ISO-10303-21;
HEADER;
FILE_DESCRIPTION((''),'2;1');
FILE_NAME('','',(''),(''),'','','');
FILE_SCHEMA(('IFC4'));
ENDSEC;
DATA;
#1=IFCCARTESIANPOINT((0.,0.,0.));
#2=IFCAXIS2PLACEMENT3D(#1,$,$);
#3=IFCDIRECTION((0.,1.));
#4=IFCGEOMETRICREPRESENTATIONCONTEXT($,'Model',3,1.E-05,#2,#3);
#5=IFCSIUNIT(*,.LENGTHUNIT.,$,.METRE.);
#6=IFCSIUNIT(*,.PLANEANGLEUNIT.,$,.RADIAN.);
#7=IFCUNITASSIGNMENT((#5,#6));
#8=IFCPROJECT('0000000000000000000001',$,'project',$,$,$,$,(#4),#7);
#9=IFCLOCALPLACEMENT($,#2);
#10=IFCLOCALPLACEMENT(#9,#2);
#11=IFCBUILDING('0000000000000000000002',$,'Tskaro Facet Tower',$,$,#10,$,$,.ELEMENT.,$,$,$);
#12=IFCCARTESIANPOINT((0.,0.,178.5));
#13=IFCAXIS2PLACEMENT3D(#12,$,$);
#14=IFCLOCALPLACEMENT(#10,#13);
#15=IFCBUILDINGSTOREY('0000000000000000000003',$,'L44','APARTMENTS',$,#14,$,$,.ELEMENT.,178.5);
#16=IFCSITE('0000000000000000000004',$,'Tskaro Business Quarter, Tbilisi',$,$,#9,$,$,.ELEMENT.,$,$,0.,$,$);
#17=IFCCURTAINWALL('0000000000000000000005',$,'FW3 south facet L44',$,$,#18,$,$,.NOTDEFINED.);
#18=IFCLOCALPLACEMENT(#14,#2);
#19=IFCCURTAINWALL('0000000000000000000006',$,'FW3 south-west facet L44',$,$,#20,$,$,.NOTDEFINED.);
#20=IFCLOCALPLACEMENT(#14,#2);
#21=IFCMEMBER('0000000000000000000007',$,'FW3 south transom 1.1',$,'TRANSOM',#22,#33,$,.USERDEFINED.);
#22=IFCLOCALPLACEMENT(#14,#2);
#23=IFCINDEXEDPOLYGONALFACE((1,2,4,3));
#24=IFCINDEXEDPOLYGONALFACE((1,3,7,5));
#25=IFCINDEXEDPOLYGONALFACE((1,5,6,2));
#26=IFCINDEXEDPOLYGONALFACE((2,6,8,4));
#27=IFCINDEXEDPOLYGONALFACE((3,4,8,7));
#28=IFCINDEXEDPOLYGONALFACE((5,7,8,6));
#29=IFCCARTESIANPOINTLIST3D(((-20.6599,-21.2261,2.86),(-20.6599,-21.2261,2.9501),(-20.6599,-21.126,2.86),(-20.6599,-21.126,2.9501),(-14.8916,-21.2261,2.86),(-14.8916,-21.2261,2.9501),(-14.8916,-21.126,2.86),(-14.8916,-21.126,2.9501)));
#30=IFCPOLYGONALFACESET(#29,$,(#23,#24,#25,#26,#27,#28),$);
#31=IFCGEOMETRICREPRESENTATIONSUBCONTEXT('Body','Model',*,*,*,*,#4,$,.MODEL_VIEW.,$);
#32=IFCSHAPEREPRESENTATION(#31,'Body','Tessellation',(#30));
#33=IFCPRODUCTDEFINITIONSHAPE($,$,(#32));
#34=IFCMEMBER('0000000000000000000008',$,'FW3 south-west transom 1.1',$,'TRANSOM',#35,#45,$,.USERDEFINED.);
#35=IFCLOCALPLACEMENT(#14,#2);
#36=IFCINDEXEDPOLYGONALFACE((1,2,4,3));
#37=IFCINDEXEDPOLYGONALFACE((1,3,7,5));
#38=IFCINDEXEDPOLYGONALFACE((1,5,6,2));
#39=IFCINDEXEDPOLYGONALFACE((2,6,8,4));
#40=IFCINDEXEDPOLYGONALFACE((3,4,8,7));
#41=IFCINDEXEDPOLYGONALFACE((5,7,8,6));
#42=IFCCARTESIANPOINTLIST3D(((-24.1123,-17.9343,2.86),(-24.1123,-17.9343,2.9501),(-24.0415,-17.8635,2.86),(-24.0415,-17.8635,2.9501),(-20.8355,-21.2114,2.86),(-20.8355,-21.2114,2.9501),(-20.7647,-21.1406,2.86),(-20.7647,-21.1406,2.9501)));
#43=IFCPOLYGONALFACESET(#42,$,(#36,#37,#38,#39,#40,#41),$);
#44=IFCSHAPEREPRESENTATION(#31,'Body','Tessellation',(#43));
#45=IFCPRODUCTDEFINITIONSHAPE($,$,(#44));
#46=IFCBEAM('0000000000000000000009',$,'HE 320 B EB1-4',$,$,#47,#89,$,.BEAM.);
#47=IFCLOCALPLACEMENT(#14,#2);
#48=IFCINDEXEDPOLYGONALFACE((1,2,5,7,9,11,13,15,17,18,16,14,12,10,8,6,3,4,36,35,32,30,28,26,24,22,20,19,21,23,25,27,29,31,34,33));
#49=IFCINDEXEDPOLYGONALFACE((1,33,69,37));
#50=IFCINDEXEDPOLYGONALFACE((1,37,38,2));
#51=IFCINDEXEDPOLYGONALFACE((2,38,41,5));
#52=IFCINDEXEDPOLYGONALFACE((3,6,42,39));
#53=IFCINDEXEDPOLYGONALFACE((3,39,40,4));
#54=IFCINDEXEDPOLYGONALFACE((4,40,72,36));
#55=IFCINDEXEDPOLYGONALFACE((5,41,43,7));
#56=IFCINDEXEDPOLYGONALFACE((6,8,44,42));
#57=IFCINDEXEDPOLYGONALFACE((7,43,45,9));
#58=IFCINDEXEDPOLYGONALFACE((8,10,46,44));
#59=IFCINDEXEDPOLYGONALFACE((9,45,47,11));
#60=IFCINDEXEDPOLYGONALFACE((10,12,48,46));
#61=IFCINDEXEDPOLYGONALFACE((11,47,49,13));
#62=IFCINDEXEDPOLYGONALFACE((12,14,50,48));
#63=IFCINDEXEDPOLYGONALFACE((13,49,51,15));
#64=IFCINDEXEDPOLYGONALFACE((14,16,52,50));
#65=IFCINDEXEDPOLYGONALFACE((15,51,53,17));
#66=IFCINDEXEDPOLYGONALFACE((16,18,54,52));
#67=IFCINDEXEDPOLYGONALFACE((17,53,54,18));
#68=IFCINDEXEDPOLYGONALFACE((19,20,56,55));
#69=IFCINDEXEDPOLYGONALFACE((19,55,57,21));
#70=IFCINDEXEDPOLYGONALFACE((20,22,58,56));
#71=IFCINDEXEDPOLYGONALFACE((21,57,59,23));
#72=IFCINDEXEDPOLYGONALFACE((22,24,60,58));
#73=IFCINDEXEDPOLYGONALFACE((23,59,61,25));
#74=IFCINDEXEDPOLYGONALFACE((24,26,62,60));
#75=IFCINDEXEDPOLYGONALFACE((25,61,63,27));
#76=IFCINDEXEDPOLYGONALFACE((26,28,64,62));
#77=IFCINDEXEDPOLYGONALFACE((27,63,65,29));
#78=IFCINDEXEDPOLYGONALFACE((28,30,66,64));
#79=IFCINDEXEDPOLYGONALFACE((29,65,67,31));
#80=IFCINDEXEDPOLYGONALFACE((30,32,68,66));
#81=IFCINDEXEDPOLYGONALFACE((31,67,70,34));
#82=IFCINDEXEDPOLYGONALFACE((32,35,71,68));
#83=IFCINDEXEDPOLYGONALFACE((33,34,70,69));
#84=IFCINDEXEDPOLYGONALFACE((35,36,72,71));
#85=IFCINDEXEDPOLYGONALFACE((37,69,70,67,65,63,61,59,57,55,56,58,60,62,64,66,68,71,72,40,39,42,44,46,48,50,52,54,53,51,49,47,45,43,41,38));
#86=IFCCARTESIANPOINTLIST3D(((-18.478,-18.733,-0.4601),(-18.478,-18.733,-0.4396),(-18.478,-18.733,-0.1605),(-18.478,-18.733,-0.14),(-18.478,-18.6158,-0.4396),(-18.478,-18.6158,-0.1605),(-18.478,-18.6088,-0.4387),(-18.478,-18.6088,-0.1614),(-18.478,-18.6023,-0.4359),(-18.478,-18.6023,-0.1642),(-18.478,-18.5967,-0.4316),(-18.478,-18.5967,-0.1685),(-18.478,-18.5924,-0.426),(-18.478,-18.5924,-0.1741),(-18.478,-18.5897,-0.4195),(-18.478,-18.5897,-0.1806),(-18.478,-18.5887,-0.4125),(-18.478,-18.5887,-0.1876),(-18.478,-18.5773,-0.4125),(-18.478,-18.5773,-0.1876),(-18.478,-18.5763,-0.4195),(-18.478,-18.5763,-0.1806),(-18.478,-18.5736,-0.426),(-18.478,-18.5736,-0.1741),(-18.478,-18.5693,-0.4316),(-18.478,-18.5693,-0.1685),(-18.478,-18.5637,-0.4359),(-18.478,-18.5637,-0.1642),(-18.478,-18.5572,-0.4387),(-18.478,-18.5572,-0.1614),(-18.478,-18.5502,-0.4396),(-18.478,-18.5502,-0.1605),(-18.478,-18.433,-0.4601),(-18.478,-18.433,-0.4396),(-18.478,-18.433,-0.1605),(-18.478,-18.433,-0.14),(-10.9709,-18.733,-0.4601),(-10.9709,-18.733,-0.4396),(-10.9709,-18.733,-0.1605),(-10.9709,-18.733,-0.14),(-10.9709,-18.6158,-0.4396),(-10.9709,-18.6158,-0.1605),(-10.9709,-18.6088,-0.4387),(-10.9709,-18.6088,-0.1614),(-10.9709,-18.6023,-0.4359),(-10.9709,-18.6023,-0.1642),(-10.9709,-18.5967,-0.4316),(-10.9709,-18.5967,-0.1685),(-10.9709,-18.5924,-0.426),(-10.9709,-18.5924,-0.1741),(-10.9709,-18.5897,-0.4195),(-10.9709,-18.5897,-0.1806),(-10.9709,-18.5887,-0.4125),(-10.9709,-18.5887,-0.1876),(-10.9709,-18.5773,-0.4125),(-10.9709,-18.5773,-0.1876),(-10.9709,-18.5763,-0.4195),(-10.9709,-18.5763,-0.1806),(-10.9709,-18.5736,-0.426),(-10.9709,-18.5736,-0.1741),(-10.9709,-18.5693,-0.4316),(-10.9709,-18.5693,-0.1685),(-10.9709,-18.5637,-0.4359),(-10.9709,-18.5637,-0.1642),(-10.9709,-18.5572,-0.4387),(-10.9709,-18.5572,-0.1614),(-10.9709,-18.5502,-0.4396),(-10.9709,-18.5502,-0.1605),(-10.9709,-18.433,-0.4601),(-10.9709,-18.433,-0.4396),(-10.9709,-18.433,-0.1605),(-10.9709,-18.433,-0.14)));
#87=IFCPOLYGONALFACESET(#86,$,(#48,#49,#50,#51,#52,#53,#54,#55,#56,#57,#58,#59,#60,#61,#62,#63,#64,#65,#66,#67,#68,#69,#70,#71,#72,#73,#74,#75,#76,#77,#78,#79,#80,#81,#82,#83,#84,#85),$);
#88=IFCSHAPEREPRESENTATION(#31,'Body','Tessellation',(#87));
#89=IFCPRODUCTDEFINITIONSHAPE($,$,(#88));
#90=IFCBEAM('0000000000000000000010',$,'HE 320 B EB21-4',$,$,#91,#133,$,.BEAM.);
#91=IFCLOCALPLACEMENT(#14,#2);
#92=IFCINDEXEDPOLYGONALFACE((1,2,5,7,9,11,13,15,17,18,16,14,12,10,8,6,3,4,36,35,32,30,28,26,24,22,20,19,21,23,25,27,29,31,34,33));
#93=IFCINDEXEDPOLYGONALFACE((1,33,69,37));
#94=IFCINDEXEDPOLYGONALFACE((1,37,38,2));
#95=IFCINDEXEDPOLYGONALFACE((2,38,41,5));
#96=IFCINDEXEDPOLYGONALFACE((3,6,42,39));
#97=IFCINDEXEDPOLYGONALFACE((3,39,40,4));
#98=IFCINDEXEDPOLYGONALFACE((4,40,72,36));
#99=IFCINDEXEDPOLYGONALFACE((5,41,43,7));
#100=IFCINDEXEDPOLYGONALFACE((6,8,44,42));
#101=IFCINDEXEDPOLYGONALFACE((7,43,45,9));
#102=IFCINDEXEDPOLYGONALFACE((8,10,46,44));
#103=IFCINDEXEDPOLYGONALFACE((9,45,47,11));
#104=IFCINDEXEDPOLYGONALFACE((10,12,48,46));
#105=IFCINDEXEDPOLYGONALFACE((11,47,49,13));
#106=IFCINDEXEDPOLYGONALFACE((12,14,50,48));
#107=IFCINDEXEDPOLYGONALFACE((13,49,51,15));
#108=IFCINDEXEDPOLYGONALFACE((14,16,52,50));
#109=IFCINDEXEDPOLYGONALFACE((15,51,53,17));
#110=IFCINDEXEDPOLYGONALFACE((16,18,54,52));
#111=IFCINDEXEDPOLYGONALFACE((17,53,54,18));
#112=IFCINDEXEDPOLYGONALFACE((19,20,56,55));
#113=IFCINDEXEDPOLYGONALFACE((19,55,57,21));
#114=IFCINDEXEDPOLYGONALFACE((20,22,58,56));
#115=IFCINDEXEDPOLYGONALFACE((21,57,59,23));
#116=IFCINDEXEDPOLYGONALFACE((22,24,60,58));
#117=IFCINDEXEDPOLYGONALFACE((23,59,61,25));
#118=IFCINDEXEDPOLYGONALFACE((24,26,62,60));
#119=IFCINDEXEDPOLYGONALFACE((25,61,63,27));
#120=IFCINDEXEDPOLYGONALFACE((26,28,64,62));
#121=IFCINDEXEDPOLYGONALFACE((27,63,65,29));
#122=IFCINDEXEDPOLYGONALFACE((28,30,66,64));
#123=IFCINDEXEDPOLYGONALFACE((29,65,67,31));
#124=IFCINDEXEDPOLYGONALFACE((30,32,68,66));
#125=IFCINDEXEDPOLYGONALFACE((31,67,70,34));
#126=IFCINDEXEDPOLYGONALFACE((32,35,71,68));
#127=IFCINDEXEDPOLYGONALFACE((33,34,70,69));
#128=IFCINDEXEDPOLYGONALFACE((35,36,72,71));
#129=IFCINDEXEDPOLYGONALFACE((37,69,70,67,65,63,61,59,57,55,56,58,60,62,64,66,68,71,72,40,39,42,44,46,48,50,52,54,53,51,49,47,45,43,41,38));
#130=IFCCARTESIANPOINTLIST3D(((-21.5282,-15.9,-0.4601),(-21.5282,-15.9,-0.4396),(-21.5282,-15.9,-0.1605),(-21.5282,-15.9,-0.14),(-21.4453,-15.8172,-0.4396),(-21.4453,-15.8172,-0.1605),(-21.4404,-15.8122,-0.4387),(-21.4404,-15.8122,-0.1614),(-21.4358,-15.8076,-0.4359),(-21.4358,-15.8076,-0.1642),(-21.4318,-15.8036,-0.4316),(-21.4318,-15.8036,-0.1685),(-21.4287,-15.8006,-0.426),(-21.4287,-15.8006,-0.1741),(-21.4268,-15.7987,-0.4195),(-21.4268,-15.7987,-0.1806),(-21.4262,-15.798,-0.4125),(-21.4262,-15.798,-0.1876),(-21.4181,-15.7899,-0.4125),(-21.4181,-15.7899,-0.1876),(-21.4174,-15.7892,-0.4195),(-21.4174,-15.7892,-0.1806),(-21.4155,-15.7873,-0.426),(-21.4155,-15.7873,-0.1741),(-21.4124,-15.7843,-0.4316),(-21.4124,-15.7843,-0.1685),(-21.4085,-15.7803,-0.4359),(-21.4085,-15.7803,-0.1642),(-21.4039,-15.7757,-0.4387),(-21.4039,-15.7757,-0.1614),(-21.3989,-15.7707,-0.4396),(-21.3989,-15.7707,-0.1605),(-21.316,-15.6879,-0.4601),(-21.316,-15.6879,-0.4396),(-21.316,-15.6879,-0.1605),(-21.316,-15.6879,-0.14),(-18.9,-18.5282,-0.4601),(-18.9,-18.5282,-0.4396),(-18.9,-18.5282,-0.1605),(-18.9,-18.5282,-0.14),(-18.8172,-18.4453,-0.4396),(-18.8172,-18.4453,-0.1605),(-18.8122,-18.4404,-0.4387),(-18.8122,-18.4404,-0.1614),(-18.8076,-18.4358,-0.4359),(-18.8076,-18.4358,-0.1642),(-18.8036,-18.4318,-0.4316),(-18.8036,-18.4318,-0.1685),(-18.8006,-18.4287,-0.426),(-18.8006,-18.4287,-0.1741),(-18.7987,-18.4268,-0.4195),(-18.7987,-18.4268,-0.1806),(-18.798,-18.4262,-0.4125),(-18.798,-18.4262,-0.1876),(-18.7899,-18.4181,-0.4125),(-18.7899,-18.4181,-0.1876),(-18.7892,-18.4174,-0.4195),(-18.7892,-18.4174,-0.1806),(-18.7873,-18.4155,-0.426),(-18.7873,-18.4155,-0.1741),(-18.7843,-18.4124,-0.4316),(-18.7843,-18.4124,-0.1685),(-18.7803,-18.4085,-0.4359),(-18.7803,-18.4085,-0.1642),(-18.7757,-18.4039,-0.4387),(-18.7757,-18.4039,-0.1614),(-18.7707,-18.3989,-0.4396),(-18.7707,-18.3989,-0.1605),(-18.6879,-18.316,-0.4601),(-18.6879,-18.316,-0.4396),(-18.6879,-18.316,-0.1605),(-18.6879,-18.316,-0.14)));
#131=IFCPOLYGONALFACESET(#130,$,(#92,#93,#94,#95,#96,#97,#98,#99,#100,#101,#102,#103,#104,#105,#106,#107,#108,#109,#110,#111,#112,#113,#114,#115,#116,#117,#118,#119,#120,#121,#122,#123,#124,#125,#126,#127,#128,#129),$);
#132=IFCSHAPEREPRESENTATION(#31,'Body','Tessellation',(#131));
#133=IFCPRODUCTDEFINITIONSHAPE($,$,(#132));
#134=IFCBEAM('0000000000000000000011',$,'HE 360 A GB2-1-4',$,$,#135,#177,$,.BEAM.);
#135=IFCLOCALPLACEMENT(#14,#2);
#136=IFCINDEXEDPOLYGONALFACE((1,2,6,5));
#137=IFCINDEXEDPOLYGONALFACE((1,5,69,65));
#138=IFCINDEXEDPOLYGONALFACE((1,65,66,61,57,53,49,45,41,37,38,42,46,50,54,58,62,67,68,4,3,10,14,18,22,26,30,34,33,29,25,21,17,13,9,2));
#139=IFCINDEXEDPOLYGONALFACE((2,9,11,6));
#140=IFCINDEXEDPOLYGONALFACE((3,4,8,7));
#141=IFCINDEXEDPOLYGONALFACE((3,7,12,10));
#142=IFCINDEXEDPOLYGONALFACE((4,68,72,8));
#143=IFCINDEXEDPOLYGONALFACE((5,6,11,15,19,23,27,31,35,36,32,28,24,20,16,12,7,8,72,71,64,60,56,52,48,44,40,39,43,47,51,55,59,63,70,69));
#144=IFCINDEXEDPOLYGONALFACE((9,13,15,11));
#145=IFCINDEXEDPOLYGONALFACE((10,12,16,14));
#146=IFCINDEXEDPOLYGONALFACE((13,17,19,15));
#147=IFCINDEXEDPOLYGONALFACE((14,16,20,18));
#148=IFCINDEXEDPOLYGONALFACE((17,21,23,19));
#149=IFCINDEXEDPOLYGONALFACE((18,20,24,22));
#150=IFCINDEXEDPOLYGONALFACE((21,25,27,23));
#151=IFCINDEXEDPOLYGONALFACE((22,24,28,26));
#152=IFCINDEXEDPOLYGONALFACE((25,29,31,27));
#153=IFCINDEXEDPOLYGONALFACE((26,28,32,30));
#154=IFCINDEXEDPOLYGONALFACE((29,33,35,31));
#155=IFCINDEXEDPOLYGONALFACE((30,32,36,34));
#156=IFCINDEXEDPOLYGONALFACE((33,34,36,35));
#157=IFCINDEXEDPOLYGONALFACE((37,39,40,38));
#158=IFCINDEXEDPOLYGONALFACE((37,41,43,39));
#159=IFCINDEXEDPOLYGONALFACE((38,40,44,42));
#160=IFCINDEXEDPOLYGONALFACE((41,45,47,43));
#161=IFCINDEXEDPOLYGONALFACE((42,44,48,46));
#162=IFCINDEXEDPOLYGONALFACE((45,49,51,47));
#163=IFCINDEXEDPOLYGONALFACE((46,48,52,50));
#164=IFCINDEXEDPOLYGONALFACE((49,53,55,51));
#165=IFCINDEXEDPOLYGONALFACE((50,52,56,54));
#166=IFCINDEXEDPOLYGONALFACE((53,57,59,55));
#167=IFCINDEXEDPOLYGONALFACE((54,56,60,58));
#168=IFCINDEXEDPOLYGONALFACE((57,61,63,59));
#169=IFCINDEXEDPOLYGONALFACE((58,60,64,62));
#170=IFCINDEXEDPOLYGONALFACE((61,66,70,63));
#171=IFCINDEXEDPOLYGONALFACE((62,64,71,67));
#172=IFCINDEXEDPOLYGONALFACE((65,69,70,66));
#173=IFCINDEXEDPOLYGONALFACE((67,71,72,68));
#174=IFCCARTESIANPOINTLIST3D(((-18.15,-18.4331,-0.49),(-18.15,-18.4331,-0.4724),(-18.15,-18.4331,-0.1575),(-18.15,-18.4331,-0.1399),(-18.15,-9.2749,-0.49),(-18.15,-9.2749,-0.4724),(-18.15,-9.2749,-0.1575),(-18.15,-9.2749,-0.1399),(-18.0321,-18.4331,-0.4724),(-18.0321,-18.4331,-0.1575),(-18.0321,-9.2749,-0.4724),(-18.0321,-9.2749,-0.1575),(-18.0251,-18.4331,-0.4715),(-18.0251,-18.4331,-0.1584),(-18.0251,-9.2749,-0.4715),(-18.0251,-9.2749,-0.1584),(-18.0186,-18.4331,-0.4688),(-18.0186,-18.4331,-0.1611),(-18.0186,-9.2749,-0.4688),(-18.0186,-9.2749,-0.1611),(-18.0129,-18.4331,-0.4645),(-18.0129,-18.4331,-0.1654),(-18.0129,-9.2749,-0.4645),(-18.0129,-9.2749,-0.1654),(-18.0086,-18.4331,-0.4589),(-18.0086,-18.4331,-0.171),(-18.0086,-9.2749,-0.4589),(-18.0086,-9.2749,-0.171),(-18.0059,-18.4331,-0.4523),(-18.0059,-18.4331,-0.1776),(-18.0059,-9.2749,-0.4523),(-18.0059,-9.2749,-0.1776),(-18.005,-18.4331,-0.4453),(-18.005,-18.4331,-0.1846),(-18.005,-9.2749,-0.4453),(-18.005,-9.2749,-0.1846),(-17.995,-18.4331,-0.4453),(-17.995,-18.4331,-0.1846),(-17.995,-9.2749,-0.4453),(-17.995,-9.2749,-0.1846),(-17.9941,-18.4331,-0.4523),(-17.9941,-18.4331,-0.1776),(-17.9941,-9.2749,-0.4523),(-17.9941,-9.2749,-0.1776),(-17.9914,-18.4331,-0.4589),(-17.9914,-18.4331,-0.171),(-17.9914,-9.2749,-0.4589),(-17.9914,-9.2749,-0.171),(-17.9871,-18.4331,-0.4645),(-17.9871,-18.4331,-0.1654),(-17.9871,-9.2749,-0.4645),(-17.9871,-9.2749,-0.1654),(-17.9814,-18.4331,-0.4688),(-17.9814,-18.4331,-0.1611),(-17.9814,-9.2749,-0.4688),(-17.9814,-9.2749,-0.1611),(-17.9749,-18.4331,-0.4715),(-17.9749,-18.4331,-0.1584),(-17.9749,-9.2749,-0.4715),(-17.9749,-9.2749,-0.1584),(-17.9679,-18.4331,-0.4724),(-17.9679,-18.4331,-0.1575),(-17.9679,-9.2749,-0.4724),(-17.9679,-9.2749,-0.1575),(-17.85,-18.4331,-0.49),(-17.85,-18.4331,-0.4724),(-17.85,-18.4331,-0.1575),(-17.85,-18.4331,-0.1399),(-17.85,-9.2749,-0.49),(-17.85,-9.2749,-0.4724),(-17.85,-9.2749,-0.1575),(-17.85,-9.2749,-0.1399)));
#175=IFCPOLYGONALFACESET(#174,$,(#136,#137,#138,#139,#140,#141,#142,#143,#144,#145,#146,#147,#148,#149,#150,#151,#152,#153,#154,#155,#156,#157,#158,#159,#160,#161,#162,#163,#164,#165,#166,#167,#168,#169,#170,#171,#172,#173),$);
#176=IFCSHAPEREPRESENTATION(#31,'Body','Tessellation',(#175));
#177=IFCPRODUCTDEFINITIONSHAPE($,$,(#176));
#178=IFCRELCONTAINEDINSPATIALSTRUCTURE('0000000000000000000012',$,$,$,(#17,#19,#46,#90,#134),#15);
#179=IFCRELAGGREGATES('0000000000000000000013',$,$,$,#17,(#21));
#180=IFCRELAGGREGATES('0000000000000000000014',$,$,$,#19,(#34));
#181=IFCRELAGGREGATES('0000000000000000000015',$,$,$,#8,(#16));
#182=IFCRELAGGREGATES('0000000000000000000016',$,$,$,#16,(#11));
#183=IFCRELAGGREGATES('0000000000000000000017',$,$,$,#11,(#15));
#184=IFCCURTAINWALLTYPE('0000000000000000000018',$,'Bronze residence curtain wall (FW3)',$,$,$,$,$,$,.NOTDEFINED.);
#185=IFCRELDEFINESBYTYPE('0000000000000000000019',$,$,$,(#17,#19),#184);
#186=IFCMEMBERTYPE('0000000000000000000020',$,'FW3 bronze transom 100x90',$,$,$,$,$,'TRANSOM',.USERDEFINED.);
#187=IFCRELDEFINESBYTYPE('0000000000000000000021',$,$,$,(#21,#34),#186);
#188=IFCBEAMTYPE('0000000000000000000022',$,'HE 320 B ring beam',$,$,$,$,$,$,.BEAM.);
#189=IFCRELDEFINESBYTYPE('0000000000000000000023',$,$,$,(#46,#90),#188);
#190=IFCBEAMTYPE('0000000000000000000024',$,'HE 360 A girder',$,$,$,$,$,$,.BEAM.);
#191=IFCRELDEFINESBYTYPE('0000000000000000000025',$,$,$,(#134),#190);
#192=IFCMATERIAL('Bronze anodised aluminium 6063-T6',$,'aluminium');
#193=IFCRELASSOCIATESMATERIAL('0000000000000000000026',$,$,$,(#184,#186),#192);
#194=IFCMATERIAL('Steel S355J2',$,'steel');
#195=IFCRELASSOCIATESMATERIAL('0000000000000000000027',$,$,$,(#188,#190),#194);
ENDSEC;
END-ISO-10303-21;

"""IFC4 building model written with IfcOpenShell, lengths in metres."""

from ifc_helpers import new_model, si_unit, direction, frame, origin, origin_2d, place, context, subcontext, project, spatial, rectangle, i_section, extrude, material, material_profile, profile_set, type_object, element, aggregate, save


model = new_model("IFC4")

# Units and contexts
model_context = context("Model", 3, precision=1e-05, world=origin(), true_north=direction((0.0, 1.0)))
body_context = subcontext(model_context, "Body", "Model", "MODEL_VIEW")
ifc_project = project(units=[si_unit("LENGTHUNIT", "METRE"), si_unit("PLANEANGLEUNIT", "RADIAN")], contexts=[model_context])

# Site, building, storey
site_placement = place(None, origin())
site = spatial("IfcSite", under=ifc_project, at=site_placement, Name="Tskaro Business Quarter, Tbilisi", CompositionType="ELEMENT", RefElevation=0.0)
building_placement = place(site_placement, origin())
building = spatial("IfcBuilding", under=site, at=building_placement, Name="Tskaro Facet Tower", CompositionType="ELEMENT")
storey_placement = place(building_placement, frame((0.0, 0.0, 178.5)))
storey = spatial("IfcBuildingStorey", under=building, at=storey_placement, Name="L44", Description="APARTMENTS", CompositionType="ELEMENT", Elevation=178.5)

# Curtain walls
ifc_material_1 = material(Name="Bronze anodised aluminium 6063-T6", Category="aluminium")
curtain_wall_type = type_object("IfcCurtainWallType", Name="Bronze residence curtain wall (FW3)", PredefinedType="NOTDEFINED", material=ifc_material_1)
curtain_wall_1_placement = place(storey_placement, origin())
curtain_wall_1 = element("IfcCurtainWall", 1, at=curtain_wall_1_placement, inside=storey, type_object=curtain_wall_type, Name="FW3 south facet L44", PredefinedType="NOTDEFINED")
curtain_wall_2_placement = place(storey_placement, origin())
curtain_wall_2 = element("IfcCurtainWall", 2, at=curtain_wall_2_placement, inside=storey, type_object=curtain_wall_type, Name="FW3 south-west facet L44", PredefinedType="NOTDEFINED")

# Members
ifc_material_profile_1 = material_profile(ifc_material_1, rectangle(XDim=0.1001, YDim=0.0901, at=origin_2d()), Name="Transom 100x90")
ifc_profile_set_1 = profile_set([ifc_material_profile_1], Name="Bronze anodised aluminium 6063-T6")
member_type_1 = type_object("IfcMemberType", Name="FW3 bronze transom 100x90", ElementType="TRANSOM", PredefinedType="USERDEFINED", material=ifc_profile_set_1)
member_1_placement = place(storey_placement, frame((-20.6599, -21.176, 2.905), z_axis=(1.0, 0.0, 0.0), x_axis=(0.0, 1.0, 0.0)))
member_1 = element("IfcMember", 3, at=member_1_placement, type_object=member_type_1, Name="FW3 south transom 1.1", ObjectType="TRANSOM", PredefinedType="USERDEFINED", context=body_context, shape_type="SweptSolid", body=[
    extrude(rectangle(XDim=0.1001, YDim=0.0901, at=origin_2d()), origin(), (0.0, 0.0, 1.0), 5.7683),
])
aggregate(curtain_wall_1, [member_1])
member_2_placement = place(storey_placement, frame((-24.0769, -17.8989, 2.905), z_axis=(0.70708, -0.707133, 0.0), x_axis=(0.707133, 0.70708, 0.0)))
member_2 = element("IfcMember", 4, at=member_2_placement, type_object=member_type_1, Name="FW3 south-west transom 1.1", ObjectType="TRANSOM", PredefinedType="USERDEFINED", context=body_context, shape_type="SweptSolid", body=[
    extrude(rectangle(XDim=0.1001, YDim=0.0901, at=origin_2d()), origin(), (0.0, 0.0, 1.0), 4.6343),
])

# Beams
ifc_material_2 = material(Name="Steel S355J2", Category="steel")
ifc_material_profile_2 = material_profile(ifc_material_2, i_section(OverallWidth=0.3, OverallDepth=0.3201, WebThickness=0.0115, FlangeThickness=0.0205, FilletRadius=0.0271, at=origin_2d()), Name="HE 320 B")
ifc_profile_set_2 = profile_set([ifc_material_profile_2], Name="Steel S355J2")
beam_type_1 = type_object("IfcBeamType", Name="HE 320 B ring beam", PredefinedType="BEAM", material=ifc_profile_set_2)
beam_1_placement = place(storey_placement, frame((-18.478, -18.583, -0.3), z_axis=(1.0, 0.0, 0.0), x_axis=(0.0, 1.0, 0.0)))
element("IfcBeam", 5, at=beam_1_placement, inside=storey, type_object=beam_type_1, Name="HE 320 B EB1-4", PredefinedType="BEAM", context=body_context, shape_type="SweptSolid", body=[
    extrude(i_section(OverallWidth=0.3, OverallDepth=0.3201, WebThickness=0.0115, FlangeThickness=0.0205, FilletRadius=0.0271, at=origin_2d()), origin(), (0.0, 0.0, 1.0), 7.5071),
])
beam_2_placement = place(storey_placement, frame((-21.4221, -15.7939, -0.3), z_axis=(0.707107, -0.707107, 0.0), x_axis=(0.707107, 0.707107, 0.0)))
element("IfcBeam", 6, at=beam_2_placement, inside=storey, type_object=beam_type_1, Name="HE 320 B EB21-4", PredefinedType="BEAM", context=body_context, shape_type="SweptSolid", body=[
    extrude(i_section(OverallWidth=0.3, OverallDepth=0.3201, WebThickness=0.0115, FlangeThickness=0.0205, FilletRadius=0.0271, at=origin_2d()), origin(), (0.0, 0.0, 1.0), 3.7168),
])
ifc_material_profile_3 = material_profile(ifc_material_2, i_section(OverallWidth=0.3, OverallDepth=0.3501, WebThickness=0.01, FlangeThickness=0.0176, FilletRadius=0.0271, at=origin_2d()), Name="HE 360 A")
ifc_profile_set_3 = profile_set([ifc_material_profile_3], Name="Steel S355J2")
beam_type_2 = type_object("IfcBeamType", Name="HE 360 A girder", PredefinedType="BEAM", material=ifc_profile_set_3)
beam_3_placement = place(storey_placement, frame((-18.0, -18.4331, -0.3149), z_axis=(0.0, 1.0, 0.0), x_axis=(-1.0, 0.0, 0.0)))
element("IfcBeam", 7, at=beam_3_placement, inside=storey, type_object=beam_type_2, Name="HE 360 A GB2-1-4", PredefinedType="BEAM", context=body_context, shape_type="SweptSolid", body=[
    extrude(i_section(OverallWidth=0.3, OverallDepth=0.3501, WebThickness=0.01, FlangeThickness=0.0176, FilletRadius=0.0271, at=origin_2d()), origin(), (0.0, 0.0, 1.0), 9.1582),
])

aggregate(curtain_wall_2, [member_2])

save(model, "model.ifc")
